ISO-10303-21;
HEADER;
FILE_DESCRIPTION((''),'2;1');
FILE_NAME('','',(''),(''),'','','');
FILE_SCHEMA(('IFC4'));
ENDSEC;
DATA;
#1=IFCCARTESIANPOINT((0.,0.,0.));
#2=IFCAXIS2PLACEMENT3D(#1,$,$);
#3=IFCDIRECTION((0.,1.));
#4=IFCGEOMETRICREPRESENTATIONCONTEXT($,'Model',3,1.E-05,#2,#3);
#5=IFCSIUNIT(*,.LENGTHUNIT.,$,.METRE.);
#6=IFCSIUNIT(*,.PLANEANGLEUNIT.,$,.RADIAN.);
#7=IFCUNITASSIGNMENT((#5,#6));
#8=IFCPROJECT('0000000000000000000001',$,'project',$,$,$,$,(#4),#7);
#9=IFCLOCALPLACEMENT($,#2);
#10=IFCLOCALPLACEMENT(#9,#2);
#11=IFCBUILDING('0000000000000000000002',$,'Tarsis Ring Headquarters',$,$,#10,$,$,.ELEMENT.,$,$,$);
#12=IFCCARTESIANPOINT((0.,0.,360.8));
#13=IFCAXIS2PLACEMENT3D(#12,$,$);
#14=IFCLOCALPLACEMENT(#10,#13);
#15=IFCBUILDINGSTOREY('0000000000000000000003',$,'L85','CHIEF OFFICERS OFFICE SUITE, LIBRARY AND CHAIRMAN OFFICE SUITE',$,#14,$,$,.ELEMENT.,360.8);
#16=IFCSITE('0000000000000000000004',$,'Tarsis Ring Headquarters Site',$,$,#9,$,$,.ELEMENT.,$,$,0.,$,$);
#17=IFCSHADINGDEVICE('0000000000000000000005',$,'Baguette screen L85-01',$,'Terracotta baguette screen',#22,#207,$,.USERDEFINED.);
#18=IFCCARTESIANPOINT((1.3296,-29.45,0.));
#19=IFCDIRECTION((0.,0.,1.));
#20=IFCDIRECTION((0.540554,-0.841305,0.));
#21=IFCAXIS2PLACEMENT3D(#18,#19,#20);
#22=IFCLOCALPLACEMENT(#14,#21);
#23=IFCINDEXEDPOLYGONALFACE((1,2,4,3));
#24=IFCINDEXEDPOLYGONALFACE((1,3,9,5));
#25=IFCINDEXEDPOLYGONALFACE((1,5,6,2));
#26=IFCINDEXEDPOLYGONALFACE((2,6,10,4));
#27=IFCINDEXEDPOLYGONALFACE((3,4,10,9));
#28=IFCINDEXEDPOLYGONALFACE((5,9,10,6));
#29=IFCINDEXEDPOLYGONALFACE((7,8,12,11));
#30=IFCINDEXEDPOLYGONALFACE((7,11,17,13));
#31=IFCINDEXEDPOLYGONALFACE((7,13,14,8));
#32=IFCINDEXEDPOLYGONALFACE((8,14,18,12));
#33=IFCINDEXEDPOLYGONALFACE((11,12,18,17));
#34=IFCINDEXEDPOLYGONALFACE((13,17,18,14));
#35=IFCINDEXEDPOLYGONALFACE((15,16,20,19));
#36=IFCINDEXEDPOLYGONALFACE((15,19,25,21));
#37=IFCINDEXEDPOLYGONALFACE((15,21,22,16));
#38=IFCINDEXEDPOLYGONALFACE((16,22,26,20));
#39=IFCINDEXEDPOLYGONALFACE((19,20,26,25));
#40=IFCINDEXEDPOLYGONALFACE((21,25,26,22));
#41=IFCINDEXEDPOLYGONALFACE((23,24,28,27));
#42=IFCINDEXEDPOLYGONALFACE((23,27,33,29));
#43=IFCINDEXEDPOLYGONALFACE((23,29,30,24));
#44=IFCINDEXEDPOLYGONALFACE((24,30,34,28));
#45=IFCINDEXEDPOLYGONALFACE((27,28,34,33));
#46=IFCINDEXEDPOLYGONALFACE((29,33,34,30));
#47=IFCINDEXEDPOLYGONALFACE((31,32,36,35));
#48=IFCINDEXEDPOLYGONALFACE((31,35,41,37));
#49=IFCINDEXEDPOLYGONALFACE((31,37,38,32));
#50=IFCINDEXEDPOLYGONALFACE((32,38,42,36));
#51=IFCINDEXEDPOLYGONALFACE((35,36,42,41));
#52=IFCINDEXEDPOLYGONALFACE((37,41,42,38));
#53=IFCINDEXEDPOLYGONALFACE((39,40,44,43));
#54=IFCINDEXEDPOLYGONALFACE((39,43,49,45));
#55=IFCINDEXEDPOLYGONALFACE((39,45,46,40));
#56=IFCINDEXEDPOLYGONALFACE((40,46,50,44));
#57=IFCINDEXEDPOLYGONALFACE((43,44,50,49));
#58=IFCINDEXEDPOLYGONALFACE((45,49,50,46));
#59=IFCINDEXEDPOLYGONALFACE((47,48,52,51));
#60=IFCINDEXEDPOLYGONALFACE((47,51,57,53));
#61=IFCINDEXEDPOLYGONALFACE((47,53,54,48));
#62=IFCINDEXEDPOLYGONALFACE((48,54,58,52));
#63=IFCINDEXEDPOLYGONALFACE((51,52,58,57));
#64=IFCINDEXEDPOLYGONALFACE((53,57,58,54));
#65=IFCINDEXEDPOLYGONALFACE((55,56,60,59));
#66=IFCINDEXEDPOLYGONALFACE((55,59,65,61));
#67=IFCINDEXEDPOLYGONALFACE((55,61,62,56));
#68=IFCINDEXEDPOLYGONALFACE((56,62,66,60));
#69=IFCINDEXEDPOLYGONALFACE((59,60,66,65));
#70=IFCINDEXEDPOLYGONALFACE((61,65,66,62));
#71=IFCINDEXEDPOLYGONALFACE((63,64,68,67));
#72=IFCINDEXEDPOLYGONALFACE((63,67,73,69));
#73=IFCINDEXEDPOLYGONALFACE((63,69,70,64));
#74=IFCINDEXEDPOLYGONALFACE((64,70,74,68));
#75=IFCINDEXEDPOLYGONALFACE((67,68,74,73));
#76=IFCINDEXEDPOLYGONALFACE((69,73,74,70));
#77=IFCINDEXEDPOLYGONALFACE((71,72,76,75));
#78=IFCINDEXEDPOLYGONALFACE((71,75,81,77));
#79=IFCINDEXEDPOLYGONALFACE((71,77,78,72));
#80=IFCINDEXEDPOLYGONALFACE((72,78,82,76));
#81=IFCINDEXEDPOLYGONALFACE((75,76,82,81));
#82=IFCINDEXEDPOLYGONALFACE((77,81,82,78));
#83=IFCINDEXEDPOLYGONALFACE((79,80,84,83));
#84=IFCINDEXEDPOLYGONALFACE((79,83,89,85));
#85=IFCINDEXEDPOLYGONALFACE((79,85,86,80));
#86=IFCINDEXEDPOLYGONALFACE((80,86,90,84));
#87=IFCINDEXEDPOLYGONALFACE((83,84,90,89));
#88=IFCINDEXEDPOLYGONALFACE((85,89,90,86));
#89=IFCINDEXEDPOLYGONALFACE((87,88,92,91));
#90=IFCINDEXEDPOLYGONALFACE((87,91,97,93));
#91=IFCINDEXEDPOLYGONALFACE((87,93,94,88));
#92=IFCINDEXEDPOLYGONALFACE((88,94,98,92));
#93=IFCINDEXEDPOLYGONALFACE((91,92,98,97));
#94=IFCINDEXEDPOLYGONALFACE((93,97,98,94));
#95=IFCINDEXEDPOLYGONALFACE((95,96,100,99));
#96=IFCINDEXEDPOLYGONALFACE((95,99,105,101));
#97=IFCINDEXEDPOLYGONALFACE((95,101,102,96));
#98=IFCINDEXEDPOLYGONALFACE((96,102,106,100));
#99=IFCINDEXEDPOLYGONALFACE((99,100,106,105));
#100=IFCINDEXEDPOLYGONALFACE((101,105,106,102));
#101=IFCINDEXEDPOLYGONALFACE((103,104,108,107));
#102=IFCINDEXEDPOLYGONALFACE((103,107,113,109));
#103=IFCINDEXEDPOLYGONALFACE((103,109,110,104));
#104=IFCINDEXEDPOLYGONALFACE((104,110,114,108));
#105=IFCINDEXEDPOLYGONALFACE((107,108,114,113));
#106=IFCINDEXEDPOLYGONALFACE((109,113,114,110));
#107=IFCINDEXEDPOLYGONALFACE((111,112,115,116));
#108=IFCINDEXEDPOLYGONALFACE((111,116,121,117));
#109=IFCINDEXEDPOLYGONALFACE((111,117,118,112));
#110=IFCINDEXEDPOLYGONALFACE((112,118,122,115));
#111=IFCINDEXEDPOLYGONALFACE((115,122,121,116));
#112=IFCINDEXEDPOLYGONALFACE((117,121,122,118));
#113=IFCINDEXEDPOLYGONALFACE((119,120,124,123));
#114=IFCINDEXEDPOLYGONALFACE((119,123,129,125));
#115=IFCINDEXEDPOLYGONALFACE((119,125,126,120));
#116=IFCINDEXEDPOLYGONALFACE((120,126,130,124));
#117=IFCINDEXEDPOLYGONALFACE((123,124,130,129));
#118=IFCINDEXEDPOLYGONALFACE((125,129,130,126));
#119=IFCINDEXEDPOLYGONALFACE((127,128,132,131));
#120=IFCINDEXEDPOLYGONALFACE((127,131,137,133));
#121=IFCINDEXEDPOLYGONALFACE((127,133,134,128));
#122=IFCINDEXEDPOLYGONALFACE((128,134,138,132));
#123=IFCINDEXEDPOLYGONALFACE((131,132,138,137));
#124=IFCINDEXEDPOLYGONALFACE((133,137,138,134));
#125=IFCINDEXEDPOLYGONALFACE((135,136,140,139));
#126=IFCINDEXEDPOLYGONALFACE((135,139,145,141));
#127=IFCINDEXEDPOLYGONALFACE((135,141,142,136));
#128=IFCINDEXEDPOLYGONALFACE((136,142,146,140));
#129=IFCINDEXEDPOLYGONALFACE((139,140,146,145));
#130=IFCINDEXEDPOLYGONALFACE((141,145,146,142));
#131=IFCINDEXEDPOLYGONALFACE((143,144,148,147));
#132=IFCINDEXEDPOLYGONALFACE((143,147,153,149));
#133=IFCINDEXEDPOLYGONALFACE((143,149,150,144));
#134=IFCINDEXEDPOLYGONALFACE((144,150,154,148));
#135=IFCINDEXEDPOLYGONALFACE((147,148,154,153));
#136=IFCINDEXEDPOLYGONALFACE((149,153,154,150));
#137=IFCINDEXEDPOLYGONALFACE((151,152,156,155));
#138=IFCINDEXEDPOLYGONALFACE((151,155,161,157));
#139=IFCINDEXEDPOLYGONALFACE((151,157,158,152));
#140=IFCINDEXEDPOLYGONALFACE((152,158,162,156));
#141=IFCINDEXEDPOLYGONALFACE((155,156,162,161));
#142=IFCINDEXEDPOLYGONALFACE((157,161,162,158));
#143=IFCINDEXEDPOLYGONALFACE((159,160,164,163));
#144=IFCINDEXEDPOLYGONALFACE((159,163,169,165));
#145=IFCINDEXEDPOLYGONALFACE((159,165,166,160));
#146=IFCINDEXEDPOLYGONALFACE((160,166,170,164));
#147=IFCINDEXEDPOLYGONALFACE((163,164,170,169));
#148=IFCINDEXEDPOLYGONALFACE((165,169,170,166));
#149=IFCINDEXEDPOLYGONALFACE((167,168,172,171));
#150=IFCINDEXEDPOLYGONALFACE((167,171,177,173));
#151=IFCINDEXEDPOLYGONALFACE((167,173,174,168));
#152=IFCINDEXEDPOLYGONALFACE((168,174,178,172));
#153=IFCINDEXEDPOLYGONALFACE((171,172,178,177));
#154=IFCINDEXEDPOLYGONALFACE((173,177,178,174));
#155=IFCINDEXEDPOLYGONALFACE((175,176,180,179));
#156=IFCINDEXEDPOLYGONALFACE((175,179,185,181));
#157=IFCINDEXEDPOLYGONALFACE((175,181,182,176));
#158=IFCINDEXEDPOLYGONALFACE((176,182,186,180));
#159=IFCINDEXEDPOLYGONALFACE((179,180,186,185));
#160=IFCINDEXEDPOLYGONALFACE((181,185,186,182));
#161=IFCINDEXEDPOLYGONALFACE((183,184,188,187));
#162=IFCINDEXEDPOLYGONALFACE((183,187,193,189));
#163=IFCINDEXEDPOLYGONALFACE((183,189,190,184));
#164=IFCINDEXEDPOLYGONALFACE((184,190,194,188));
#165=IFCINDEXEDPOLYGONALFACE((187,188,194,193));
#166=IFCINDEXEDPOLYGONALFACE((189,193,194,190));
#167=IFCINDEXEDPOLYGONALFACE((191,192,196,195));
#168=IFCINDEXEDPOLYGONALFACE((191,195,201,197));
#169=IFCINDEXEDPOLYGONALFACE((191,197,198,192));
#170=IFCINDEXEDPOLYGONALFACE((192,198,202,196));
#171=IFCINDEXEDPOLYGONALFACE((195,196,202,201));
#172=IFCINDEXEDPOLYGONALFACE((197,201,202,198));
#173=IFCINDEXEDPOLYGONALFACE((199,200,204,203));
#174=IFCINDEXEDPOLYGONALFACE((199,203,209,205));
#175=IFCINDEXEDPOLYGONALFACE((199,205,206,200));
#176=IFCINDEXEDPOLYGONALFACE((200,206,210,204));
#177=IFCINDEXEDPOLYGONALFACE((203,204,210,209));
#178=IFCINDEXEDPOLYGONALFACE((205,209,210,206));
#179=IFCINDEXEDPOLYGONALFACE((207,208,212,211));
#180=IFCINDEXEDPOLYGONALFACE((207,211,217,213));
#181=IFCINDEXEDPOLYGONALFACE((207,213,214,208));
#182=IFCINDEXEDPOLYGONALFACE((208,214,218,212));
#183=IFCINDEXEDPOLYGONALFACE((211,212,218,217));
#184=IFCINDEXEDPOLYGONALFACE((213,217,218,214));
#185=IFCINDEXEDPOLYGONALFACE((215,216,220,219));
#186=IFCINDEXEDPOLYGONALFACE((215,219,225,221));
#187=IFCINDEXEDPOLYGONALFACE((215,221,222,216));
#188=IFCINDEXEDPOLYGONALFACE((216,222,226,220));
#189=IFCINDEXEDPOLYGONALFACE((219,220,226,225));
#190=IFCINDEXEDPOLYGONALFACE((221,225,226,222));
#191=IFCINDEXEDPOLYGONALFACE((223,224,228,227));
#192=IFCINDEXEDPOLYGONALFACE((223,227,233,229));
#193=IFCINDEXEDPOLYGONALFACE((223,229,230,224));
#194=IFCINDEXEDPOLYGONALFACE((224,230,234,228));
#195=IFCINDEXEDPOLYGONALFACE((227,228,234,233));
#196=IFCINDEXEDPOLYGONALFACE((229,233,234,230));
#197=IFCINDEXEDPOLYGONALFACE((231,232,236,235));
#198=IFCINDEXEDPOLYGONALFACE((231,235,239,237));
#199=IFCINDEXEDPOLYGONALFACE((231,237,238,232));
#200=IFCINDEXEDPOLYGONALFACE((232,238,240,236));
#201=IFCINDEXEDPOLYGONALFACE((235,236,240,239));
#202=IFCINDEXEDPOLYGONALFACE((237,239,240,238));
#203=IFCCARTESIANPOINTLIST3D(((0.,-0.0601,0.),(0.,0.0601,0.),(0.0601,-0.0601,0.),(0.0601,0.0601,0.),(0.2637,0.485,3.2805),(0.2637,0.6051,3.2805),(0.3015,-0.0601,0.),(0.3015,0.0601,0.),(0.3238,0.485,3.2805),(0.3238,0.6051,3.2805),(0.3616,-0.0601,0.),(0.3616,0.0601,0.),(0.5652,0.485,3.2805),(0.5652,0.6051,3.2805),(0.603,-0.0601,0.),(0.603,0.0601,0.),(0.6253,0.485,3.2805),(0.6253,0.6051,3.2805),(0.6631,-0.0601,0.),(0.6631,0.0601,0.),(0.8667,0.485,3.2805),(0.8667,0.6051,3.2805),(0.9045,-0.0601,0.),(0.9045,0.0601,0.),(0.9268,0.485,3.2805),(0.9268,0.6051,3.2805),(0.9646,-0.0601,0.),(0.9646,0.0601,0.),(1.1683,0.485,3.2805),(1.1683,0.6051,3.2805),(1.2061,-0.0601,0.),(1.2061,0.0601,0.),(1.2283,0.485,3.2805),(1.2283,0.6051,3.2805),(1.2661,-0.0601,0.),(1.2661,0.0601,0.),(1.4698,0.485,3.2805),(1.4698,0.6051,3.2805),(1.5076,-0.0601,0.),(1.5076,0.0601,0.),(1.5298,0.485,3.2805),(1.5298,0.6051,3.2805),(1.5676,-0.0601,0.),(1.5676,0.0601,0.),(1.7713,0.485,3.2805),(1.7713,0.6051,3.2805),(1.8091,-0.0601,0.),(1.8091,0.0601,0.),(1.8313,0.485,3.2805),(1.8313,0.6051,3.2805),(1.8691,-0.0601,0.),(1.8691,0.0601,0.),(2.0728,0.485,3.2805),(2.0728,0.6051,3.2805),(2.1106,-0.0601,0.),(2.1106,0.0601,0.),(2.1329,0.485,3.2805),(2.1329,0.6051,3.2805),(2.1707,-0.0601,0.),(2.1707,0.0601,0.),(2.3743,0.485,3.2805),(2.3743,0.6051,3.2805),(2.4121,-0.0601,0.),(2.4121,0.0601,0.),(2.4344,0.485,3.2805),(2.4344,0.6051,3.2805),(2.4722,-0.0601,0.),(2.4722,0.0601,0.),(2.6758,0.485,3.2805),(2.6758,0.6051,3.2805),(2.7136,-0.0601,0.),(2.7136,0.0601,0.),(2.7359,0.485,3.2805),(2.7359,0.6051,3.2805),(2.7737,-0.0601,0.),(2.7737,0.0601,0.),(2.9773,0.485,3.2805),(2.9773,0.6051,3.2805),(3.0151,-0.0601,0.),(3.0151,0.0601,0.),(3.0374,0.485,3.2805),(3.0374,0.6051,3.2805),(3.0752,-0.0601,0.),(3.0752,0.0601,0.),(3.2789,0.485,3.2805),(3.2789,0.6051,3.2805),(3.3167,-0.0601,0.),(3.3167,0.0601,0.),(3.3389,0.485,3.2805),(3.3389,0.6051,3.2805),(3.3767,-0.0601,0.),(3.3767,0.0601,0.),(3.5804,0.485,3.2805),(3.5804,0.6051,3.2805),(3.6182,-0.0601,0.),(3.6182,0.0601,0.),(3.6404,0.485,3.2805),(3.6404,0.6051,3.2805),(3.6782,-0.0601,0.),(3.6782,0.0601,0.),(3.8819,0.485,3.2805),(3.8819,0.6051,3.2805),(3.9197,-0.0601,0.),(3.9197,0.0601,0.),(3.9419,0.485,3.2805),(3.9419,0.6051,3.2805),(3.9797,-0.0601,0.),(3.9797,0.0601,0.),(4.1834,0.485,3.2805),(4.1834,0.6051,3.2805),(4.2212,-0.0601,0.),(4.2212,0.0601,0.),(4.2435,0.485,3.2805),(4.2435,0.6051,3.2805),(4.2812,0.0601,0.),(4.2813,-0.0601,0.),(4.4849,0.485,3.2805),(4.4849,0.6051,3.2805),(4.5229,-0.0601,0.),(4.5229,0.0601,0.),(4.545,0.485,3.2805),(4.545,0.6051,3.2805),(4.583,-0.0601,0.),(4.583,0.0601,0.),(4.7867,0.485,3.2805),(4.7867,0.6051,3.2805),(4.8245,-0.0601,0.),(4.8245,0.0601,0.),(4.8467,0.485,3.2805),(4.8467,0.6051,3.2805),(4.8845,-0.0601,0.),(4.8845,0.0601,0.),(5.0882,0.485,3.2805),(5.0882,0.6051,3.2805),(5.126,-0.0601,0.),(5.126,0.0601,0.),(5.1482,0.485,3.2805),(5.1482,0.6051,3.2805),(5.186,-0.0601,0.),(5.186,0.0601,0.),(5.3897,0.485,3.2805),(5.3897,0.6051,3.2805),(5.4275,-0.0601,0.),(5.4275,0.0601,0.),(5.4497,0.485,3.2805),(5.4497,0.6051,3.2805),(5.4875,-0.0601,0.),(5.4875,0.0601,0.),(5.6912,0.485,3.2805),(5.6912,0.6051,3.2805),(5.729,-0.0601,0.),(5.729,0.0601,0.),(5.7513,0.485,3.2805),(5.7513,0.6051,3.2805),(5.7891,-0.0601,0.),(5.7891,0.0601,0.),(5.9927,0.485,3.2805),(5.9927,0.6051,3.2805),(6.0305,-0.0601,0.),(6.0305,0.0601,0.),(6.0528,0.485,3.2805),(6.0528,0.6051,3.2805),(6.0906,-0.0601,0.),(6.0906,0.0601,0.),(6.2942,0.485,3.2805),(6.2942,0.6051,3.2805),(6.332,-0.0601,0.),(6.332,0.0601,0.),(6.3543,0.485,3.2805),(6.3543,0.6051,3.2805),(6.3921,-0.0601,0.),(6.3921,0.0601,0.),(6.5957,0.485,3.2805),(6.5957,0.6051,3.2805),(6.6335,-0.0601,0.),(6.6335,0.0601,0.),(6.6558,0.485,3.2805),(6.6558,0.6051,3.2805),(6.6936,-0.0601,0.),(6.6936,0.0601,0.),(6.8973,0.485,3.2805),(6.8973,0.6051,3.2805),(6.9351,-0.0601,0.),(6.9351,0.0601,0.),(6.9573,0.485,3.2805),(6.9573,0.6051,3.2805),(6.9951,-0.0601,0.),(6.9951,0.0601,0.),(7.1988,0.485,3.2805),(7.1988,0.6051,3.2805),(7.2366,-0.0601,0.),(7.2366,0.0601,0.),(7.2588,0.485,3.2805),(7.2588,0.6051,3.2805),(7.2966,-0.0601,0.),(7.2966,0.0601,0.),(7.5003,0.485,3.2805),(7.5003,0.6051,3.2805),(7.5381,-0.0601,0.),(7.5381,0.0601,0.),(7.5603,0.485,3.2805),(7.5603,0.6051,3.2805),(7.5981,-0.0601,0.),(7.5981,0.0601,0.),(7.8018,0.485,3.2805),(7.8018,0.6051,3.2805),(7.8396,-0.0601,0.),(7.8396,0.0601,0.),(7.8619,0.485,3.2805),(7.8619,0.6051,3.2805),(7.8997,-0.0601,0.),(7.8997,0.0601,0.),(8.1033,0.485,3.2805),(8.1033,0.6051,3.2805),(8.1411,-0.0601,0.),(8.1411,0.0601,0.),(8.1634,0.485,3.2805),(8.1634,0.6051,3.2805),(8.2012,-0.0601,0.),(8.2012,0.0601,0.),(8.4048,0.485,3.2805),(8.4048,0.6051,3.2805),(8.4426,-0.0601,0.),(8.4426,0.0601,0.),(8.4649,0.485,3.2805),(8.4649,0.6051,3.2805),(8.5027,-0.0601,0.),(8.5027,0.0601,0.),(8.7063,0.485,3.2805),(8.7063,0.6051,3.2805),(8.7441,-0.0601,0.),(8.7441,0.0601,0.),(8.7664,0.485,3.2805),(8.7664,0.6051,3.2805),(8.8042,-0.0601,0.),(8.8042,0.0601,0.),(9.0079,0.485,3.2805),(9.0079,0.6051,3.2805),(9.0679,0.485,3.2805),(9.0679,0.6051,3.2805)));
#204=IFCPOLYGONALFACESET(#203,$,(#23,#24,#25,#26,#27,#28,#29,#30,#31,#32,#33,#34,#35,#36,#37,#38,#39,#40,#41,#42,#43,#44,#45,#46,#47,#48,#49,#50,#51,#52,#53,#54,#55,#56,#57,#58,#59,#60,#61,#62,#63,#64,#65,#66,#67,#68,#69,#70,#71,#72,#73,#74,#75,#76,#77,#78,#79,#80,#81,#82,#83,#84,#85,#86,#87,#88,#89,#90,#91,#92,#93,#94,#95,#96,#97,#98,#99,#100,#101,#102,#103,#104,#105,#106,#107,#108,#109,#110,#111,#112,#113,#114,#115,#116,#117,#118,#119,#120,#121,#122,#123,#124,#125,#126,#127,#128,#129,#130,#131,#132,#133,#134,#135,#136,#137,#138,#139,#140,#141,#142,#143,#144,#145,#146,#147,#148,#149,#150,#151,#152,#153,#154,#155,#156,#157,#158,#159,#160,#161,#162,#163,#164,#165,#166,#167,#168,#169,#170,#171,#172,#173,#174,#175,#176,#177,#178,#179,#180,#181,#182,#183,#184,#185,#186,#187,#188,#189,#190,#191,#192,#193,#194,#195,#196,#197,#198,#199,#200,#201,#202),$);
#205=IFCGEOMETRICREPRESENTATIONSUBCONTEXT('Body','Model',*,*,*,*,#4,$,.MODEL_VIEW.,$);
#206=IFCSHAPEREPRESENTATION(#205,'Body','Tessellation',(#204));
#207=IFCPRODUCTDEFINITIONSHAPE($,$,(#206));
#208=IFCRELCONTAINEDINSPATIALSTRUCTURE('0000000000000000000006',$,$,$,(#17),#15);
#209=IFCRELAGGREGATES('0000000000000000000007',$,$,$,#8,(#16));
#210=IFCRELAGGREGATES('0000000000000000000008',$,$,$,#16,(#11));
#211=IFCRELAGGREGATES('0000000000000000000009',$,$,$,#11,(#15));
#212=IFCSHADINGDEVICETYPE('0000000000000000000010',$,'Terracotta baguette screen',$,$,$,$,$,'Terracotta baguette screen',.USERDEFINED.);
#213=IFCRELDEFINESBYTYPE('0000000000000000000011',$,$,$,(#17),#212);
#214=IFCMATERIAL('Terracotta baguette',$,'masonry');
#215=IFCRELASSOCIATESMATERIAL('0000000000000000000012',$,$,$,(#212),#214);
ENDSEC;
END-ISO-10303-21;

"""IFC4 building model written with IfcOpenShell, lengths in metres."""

from ifc_helpers import new_model, si_unit, direction, frame, frame_2d, origin, place, context, subcontext, project, spatial, rectangle, composite_profile, extrude, material, type_object, element, save


model = new_model("IFC4")

# Units and contexts
model_context = context("Model", 3, precision=1e-05, world=origin(), true_north=direction((0.0, 1.0)))
body_context = subcontext(model_context, "Body", "Model", "MODEL_VIEW")
ifc_project = project(units=[si_unit("LENGTHUNIT", "METRE"), si_unit("PLANEANGLEUNIT", "RADIAN")], contexts=[model_context])

# Site, building, storey
site_placement = place(None, origin())
site = spatial("IfcSite", under=ifc_project, at=site_placement, Name="Tarsis Ring Headquarters Site", CompositionType="ELEMENT", RefElevation=0.0)
building_placement = place(site_placement, origin())
building = spatial("IfcBuilding", under=site, at=building_placement, Name="Tarsis Ring Headquarters", CompositionType="ELEMENT")
storey_placement = place(building_placement, frame((0.0, 0.0, 360.8)))
storey = spatial("IfcBuildingStorey", under=building, at=storey_placement, Name="L85", Description="CHIEF OFFICERS OFFICE SUITE, LIBRARY AND CHAIRMAN OFFICE SUITE", CompositionType="ELEMENT", Elevation=360.8)

# Shading device
ifc_material_1 = material(Name="Terracotta baguette", Category="masonry")
shading_device_type_1 = type_object("IfcShadingDeviceType", Name="Terracotta baguette screen", ElementType="Terracotta baguette screen", PredefinedType="USERDEFINED", material=ifc_material_1)
shading_device_1_placement = place(storey_placement, frame((1.3296, -29.45, 0.0), z_axis=(0.0, 0.0, 1.0), x_axis=(0.540554, -0.841305, 0.0)))
element("IfcShadingDevice", 1, at=shading_device_1_placement, inside=storey, type_object=shading_device_type_1, Name="Baguette screen L85-01", ObjectType="Terracotta baguette screen", PredefinedType="USERDEFINED", context=body_context, shape_type="SweptSolid", body=[
    extrude(composite_profile([rectangle(XDim=0.0601, YDim=0.1201, at=frame_2d((0.03, 0.0))), rectangle(XDim=0.0601, YDim=0.1201, at=frame_2d((0.3315, 0.0))), rectangle(XDim=0.0601, YDim=0.1201, at=frame_2d((0.6331, 0.0))), rectangle(XDim=0.0601, YDim=0.1201, at=frame_2d((0.9346, 0.0))), rectangle(XDim=0.0601, YDim=0.1201, at=frame_2d((1.2361, 0.0))), rectangle(XDim=0.0601, YDim=0.1201, at=frame_2d((1.5376, 0.0))), rectangle(XDim=0.0601, YDim=0.1201, at=frame_2d((1.8391, 0.0))), rectangle(XDim=0.0601, YDim=0.1201, at=frame_2d((2.1406, 0.0))), rectangle(XDim=0.0601, YDim=0.1201, at=frame_2d((2.4421, 0.0))), rectangle(XDim=0.0601, YDim=0.1201, at=frame_2d((2.7437, 0.0))), rectangle(XDim=0.0601, YDim=0.1201, at=frame_2d((3.0452, 0.0))), rectangle(XDim=0.0601, YDim=0.1201, at=frame_2d((3.3467, 0.0))), rectangle(XDim=0.0601, YDim=0.1201, at=frame_2d((3.6482, 0.0))), rectangle(XDim=0.0601, YDim=0.1201, at=frame_2d((3.9497, 0.0))), rectangle(XDim=0.0601, YDim=0.1201, at=frame_2d((4.2512, 0.0))), rectangle(XDim=0.0601, YDim=0.1201, at=frame_2d((4.553, 0.0))), rectangle(XDim=0.0601, YDim=0.1201, at=frame_2d((4.8545, 0.0))), rectangle(XDim=0.0601, YDim=0.1201, at=frame_2d((5.156, 0.0))), rectangle(XDim=0.0601, YDim=0.1201, at=frame_2d((5.4575, 0.0))), rectangle(XDim=0.0601, YDim=0.1201, at=frame_2d((5.759, 0.0))), rectangle(XDim=0.0601, YDim=0.1201, at=frame_2d((6.0605, 0.0))), rectangle(XDim=0.0601, YDim=0.1201, at=frame_2d((6.3621, 0.0))), rectangle(XDim=0.0601, YDim=0.1201, at=frame_2d((6.6636, 0.0))), rectangle(XDim=0.0601, YDim=0.1201, at=frame_2d((6.9651, 0.0))), rectangle(XDim=0.0601, YDim=0.1201, at=frame_2d((7.2666, 0.0))), rectangle(XDim=0.0601, YDim=0.1201, at=frame_2d((7.5681, 0.0))), rectangle(XDim=0.0601, YDim=0.1201, at=frame_2d((7.8696, 0.0))), rectangle(XDim=0.0601, YDim=0.1201, at=frame_2d((8.1711, 0.0))), rectangle(XDim=0.0601, YDim=0.1201, at=frame_2d((8.4727, 0.0))), rectangle(XDim=0.0601, YDim=0.1201, at=frame_2d((8.7742, 0.0)))]), origin(), (0.079053, 0.163398, 0.983388), 3.3359),
])

save(model, "model.ifc")
